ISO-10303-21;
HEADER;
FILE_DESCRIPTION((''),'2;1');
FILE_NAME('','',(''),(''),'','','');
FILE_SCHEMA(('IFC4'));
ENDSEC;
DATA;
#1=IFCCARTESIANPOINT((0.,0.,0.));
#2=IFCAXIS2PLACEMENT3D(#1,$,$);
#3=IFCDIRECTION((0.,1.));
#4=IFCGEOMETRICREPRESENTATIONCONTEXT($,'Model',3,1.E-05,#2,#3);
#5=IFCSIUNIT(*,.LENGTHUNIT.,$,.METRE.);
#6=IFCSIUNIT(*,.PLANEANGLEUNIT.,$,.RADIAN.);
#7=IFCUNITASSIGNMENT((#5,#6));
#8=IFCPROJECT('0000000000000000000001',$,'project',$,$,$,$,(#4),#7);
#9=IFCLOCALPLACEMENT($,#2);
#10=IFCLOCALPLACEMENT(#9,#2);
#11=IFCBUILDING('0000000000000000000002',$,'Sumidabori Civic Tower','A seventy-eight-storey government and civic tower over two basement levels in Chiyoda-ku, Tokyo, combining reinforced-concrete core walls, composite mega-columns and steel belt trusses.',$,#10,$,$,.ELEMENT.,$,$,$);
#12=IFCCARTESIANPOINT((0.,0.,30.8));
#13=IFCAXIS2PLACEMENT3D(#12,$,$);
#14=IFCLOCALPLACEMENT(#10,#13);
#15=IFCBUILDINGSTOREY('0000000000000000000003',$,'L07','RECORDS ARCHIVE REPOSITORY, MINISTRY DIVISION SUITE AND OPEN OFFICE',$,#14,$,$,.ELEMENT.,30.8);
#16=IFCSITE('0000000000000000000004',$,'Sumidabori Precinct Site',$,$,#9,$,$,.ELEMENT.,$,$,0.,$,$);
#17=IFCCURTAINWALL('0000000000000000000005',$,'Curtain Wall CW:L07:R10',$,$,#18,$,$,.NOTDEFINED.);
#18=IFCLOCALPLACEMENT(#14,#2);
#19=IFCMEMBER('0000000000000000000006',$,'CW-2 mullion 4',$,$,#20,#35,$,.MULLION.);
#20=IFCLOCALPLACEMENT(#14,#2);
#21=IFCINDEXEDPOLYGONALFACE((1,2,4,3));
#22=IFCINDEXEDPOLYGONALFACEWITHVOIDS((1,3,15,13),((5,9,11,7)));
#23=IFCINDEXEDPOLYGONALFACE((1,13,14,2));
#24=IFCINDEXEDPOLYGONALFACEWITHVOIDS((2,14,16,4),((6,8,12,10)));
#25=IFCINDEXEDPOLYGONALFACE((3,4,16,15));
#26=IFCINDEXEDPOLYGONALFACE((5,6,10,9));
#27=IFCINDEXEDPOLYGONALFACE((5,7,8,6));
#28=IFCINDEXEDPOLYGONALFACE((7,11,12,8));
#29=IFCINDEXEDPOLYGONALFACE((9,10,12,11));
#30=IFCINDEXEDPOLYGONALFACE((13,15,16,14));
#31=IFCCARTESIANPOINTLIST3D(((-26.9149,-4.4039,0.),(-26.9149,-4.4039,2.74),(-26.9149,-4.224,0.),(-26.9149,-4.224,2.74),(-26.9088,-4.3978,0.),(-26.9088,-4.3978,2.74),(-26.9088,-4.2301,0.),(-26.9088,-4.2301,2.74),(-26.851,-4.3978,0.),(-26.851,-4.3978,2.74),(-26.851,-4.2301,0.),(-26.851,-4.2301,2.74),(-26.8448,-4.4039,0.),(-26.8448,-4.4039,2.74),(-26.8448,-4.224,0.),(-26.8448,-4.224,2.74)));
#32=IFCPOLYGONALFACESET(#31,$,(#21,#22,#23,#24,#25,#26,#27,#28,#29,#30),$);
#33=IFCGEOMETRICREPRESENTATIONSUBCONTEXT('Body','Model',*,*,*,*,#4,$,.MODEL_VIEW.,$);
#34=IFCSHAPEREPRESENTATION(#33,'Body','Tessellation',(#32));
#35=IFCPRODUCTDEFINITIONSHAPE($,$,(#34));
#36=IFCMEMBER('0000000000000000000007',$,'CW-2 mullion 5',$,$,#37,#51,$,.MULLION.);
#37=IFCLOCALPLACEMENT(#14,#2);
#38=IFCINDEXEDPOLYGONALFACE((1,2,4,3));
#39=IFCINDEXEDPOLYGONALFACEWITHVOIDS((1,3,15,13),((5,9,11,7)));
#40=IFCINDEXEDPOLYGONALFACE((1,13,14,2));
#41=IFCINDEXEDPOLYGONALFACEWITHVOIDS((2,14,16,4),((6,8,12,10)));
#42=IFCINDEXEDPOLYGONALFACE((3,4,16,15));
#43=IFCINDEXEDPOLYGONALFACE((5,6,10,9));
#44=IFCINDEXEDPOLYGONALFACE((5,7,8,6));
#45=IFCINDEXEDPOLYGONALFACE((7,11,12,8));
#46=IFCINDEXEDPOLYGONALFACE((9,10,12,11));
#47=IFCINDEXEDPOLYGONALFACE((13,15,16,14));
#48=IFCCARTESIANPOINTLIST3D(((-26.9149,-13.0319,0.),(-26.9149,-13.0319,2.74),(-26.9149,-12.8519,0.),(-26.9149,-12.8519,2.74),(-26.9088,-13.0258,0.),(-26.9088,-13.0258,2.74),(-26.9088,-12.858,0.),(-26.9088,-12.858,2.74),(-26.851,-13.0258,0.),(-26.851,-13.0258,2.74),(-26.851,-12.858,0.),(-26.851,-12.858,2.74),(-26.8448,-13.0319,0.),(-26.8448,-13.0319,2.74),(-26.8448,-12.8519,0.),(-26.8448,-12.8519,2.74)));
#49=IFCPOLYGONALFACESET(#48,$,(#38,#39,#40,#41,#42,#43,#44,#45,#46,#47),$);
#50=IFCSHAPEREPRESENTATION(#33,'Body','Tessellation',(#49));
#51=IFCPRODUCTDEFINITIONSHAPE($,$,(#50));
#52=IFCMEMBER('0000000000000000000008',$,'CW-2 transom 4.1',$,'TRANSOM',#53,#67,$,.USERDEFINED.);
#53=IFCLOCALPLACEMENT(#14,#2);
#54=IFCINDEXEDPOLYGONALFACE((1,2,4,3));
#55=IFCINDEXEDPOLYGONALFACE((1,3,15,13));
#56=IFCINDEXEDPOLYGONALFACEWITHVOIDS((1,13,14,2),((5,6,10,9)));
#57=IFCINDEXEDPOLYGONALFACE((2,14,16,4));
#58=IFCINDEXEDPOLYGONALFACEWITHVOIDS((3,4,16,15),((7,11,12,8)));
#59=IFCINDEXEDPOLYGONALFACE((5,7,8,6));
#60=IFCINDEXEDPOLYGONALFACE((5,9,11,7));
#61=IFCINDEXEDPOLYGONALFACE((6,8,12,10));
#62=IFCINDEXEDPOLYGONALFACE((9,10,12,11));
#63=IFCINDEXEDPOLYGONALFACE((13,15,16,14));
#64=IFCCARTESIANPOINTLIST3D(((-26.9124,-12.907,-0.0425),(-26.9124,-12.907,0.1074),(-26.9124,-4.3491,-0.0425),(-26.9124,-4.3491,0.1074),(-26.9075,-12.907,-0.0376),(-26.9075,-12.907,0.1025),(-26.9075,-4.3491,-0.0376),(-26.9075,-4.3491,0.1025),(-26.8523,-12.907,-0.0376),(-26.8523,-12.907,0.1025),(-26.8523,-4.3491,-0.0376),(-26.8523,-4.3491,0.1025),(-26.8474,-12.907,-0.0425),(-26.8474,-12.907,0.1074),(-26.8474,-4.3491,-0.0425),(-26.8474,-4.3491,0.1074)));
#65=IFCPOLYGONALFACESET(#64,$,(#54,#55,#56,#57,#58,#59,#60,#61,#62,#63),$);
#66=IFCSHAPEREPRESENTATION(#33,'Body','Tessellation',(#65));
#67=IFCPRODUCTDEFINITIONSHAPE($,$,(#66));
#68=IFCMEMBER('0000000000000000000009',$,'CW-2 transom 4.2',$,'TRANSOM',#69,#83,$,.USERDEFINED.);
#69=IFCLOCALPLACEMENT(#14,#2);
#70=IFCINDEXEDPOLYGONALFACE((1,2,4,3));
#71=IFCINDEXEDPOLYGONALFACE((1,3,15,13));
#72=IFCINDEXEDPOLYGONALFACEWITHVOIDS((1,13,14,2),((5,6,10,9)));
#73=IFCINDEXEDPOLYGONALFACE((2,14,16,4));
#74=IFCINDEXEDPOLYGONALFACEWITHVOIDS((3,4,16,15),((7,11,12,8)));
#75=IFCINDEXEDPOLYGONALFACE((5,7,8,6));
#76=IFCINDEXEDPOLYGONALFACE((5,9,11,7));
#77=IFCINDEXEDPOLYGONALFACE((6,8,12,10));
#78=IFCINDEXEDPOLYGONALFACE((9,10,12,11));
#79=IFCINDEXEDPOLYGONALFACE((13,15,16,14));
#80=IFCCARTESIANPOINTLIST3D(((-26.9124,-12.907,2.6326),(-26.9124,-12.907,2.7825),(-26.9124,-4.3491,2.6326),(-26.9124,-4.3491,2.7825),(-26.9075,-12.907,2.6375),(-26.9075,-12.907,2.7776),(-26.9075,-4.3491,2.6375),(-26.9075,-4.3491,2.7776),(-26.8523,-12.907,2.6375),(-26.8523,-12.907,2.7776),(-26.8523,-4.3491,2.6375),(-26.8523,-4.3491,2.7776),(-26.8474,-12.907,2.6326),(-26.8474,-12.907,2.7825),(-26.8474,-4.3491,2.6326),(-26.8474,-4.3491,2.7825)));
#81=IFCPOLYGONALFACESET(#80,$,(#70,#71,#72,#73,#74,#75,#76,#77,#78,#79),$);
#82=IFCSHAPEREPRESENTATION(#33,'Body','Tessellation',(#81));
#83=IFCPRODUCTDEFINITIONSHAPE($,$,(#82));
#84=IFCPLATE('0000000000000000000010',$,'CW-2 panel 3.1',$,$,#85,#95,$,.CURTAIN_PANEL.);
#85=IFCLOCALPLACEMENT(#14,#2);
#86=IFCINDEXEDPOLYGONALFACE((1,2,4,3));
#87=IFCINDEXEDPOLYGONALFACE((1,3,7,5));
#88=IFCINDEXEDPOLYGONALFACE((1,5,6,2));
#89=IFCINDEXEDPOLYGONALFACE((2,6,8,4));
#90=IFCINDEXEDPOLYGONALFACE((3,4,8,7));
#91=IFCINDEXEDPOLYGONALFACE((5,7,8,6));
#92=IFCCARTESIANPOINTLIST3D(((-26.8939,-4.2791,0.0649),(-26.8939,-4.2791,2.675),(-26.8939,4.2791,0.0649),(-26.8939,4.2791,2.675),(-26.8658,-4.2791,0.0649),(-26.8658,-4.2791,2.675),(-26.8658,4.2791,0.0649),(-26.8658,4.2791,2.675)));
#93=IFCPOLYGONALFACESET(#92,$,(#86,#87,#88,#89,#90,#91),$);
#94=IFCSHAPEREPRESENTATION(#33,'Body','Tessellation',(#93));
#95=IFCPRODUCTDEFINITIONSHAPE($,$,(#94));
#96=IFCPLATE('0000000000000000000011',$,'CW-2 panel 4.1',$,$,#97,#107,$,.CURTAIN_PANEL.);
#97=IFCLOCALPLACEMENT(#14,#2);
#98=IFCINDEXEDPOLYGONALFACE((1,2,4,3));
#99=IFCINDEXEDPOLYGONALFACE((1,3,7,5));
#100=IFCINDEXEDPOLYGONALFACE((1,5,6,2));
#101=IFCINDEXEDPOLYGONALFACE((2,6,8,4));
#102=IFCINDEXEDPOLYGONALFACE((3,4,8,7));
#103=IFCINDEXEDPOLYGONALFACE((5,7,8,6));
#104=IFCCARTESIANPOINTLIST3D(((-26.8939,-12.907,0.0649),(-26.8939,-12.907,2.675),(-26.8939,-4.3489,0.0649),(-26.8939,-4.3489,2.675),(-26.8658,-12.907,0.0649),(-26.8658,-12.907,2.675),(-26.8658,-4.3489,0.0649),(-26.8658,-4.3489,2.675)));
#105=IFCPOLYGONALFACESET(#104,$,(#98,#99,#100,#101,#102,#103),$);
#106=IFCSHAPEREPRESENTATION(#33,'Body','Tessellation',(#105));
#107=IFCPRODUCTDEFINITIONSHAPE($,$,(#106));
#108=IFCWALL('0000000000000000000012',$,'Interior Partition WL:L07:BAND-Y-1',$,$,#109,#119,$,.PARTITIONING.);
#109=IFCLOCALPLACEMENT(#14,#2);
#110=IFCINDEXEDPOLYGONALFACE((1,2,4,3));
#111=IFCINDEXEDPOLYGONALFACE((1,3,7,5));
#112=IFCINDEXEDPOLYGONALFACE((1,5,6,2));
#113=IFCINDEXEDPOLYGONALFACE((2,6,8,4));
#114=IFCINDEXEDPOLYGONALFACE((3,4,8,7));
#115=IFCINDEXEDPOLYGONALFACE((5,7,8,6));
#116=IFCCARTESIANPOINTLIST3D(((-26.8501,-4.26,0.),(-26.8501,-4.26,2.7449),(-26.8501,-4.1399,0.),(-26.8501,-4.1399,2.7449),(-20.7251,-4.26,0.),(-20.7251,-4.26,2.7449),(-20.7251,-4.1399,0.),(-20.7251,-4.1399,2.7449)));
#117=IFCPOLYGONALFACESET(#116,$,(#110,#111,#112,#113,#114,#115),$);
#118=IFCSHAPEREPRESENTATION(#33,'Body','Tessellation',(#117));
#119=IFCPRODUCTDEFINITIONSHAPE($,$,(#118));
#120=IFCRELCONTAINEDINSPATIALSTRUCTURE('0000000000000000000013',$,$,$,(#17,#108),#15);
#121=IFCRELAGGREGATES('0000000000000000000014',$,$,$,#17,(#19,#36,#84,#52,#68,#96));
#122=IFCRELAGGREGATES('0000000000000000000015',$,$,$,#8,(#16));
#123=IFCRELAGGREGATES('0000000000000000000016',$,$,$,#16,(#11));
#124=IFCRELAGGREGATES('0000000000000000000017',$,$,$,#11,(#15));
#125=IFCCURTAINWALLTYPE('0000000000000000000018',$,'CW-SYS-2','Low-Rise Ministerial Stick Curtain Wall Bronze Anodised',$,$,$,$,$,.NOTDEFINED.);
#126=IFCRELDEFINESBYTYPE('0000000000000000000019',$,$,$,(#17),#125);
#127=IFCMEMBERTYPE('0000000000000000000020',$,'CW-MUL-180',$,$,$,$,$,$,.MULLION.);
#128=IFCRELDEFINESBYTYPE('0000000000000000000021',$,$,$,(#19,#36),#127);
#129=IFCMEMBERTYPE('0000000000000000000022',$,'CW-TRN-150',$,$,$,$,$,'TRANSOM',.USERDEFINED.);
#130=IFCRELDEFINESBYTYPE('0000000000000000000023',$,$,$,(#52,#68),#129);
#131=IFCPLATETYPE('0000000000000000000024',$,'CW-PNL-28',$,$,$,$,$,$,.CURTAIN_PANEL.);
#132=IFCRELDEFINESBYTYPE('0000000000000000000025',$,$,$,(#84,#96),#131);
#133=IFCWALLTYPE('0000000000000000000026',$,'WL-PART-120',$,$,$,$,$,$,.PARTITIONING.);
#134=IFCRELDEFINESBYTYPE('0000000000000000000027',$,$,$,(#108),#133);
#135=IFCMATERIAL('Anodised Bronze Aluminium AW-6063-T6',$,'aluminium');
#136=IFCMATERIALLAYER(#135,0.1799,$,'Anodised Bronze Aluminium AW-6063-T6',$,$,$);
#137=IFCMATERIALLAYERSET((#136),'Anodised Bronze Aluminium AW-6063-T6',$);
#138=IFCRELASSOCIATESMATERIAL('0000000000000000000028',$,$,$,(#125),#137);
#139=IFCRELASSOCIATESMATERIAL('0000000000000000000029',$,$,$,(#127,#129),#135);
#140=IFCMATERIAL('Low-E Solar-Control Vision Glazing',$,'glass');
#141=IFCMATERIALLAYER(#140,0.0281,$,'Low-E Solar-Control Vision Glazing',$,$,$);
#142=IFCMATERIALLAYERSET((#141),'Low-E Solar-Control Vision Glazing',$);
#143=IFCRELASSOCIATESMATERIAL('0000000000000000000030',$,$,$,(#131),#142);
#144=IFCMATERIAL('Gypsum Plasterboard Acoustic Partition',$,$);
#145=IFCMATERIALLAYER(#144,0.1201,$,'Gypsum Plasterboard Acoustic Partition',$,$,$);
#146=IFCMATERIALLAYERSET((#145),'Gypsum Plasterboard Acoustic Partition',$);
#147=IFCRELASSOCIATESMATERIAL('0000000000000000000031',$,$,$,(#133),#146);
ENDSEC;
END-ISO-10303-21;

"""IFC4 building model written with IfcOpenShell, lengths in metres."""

from ifc_helpers import new_model, si_unit, direction, frame, frame_2d, origin, origin_2d, place, context, subcontext, project, spatial, rectangle, hollow_rectangle, extrude, source, transform, mapped, material, layer, layer_set, material_profile, profile_set, type_object, element, aggregate, save


model = new_model("IFC4")

# Units and contexts
model_context = context("Model", 3, precision=1e-05, world=origin(), true_north=direction((0.0, 1.0)))
body_context = subcontext(model_context, "Body", "Model", "MODEL_VIEW")
ifc_project = project(units=[si_unit("LENGTHUNIT", "METRE"), si_unit("PLANEANGLEUNIT", "RADIAN")], contexts=[model_context])

# Site, building, storey
site_placement = place(None, origin())
site = spatial("IfcSite", under=ifc_project, at=site_placement, Name="Sumidabori Precinct Site", CompositionType="ELEMENT", RefElevation=0.0)
building_placement = place(site_placement, origin())
building = spatial("IfcBuilding", under=site, at=building_placement, Name="Sumidabori Civic Tower", Description="A seventy-eight-storey government and civic tower over two basement levels in Chiyoda-ku, Tokyo, combining reinforced-concrete core walls, composite mega-columns and steel belt trusses.", CompositionType="ELEMENT")
storey_placement = place(building_placement, frame((0.0, 0.0, 30.8)))
storey = spatial("IfcBuildingStorey", under=building, at=storey_placement, Name="L07", Description="RECORDS ARCHIVE REPOSITORY, MINISTRY DIVISION SUITE AND OPEN OFFICE", CompositionType="ELEMENT", Elevation=30.8)

# Curtain wall, members, plates
ifc_material_1 = material(Name="Anodised Bronze Aluminium AW-6063-T6", Category="aluminium")
ifc_layer_1 = layer(ifc_material_1, 0.1799, Name="Anodised Bronze Aluminium AW-6063-T6")
ifc_layer_set_1 = layer_set([ifc_layer_1], Name="Anodised Bronze Aluminium AW-6063-T6")
curtain_wall_type = type_object("IfcCurtainWallType", Name="CW-SYS-2", Description="Low-Rise Ministerial Stick Curtain Wall Bronze Anodised", PredefinedType="NOTDEFINED", material=ifc_layer_set_1)
curtain_wall_placement = place(storey_placement, origin())
curtain_wall = element("IfcCurtainWall", 1, at=curtain_wall_placement, inside=storey, type_object=curtain_wall_type, Name="Curtain Wall CW:L07:R10", PredefinedType="NOTDEFINED")
ifc_material_profile_1 = material_profile(ifc_material_1, hollow_rectangle(XDim=0.0701, YDim=0.1799, WallThickness=0.0061, at=origin_2d()), Name="ALU MULLION 180x70")
ifc_profile_set_1 = profile_set([ifc_material_profile_1], Name="Anodised Bronze Aluminium AW-6063-T6")
member_type_1 = type_object("IfcMemberType", Name="CW-MUL-180", PredefinedType="MULLION", material=ifc_profile_set_1)
shared_shape_1 = source(origin(), body_context, "Body", "SweptSolid", [
    extrude(hollow_rectangle(XDim=0.0701, YDim=0.1799, WallThickness=0.0061, at=origin_2d()), origin(), (0.0, 0.0, 1.0), 2.74),
])
member_1_placement = place(storey_placement, frame((-26.8799, -4.314, 0.0), z_axis=(0.0, 0.0, 1.0), x_axis=(1.0, 0.0, 0.0)))
member_1 = element("IfcMember", 2, at=member_1_placement, type_object=member_type_1, Name="CW-2 mullion 4", PredefinedType="MULLION", context=body_context, shape_type="MappedRepresentation", body=[
    mapped(shared_shape_1, transform((0.0, 0.0, 0.0), x_axis=(1.0, 0.0, 0.0), y_axis=(0.0, 1.0, 0.0), z_axis=(0.0, 0.0, 1.0), scale=1.0)),
])
member_2_placement = place(storey_placement, frame((-26.8799, -12.9419, 0.0), z_axis=(0.0, 0.0, 1.0), x_axis=(1.0, 0.0, 0.0)))
member_2 = element("IfcMember", 3, at=member_2_placement, type_object=member_type_1, Name="CW-2 mullion 5", PredefinedType="MULLION", context=body_context, shape_type="MappedRepresentation", body=[
    mapped(shared_shape_1, transform((0.0, 0.0, 0.0), x_axis=(1.0, 0.0, 0.0), y_axis=(0.0, 1.0, 0.0), z_axis=(0.0, 0.0, 1.0), scale=1.0)),
])
ifc_material_profile_2 = material_profile(ifc_material_1, hollow_rectangle(XDim=0.0649, YDim=0.1499, WallThickness=0.0049, at=origin_2d()), Name="ALU TRANSOM 150x65")
ifc_profile_set_2 = profile_set([ifc_material_profile_2], Name="Anodised Bronze Aluminium AW-6063-T6")
member_type_2 = type_object("IfcMemberType", Name="CW-TRN-150", ElementType="TRANSOM", PredefinedType="USERDEFINED", material=ifc_profile_set_2)
shared_shape_2 = source(origin(), body_context, "Body", "SweptSolid", [
    extrude(hollow_rectangle(XDim=0.0649, YDim=0.1499, WallThickness=0.0049, at=origin_2d()), origin(), (0.0, 0.0, 1.0), 8.5579),
])
member_3_placement = place(storey_placement, frame((-26.8799, -4.3491, 0.0325), z_axis=(0.0, -1.0, 0.0), x_axis=(1.0, 0.0, 0.0)))
member_3 = element("IfcMember", 4, at=member_3_placement, type_object=member_type_2, Name="CW-2 transom 4.1", ObjectType="TRANSOM", PredefinedType="USERDEFINED", context=body_context, shape_type="MappedRepresentation", body=[
    mapped(shared_shape_2, transform((0.0, 0.0, 0.0), x_axis=(1.0, 0.0, 0.0), y_axis=(0.0, 1.0, 0.0), z_axis=(0.0, 0.0, 1.0), scale=1.0)),
])
member_4_placement = place(storey_placement, frame((-26.8799, -4.3491, 2.7075), z_axis=(0.0, -1.0, 0.0), x_axis=(1.0, 0.0, 0.0)))
member_4 = element("IfcMember", 5, at=member_4_placement, type_object=member_type_2, Name="CW-2 transom 4.2", ObjectType="TRANSOM", PredefinedType="USERDEFINED", context=body_context, shape_type="MappedRepresentation", body=[
    mapped(shared_shape_2, transform((0.0, 0.0, 0.0), x_axis=(1.0, 0.0, 0.0), y_axis=(0.0, 1.0, 0.0), z_axis=(0.0, 0.0, 1.0), scale=1.0)),
])
ifc_material_2 = material(Name="Low-E Solar-Control Vision Glazing", Category="glass")
ifc_layer_2 = layer(ifc_material_2, 0.0281, Name="Low-E Solar-Control Vision Glazing")
ifc_layer_set_2 = layer_set([ifc_layer_2], Name="Low-E Solar-Control Vision Glazing")
plate_type = type_object("IfcPlateType", Name="CW-PNL-28", PredefinedType="CURTAIN_PANEL", material=ifc_layer_set_2)
shared_shape_3 = source(origin(), body_context, "Body", "SweptSolid", [
    extrude(rectangle(XDim=8.5581, YDim=0.0281, at=origin_2d()), origin(), (0.0, 0.0, 1.0), 2.6101),
])
plate_1_placement = place(storey_placement, frame((-26.8799, 0.0, 0.0649), z_axis=(0.0, 0.0, 1.0), x_axis=(0.0, -1.0, 0.0)))
plate_1 = element("IfcPlate", 6, at=plate_1_placement, type_object=plate_type, Name="CW-2 panel 3.1", PredefinedType="CURTAIN_PANEL", context=body_context, shape_type="MappedRepresentation", body=[
    mapped(shared_shape_3, transform((0.0, 0.0, 0.0), x_axis=(1.0, 0.0, 0.0), y_axis=(0.0, 1.0, 0.0), z_axis=(0.0, 0.0, 1.0), scale=1.0)),
])
plate_2_placement = place(storey_placement, frame((-26.8799, -8.6279, 0.0649), z_axis=(0.0, 0.0, 1.0), x_axis=(0.0, -1.0, 0.0)))
plate_2 = element("IfcPlate", 7, at=plate_2_placement, type_object=plate_type, Name="CW-2 panel 4.1", PredefinedType="CURTAIN_PANEL", context=body_context, shape_type="MappedRepresentation", body=[
    mapped(shared_shape_3, transform((0.0, 0.0, 0.0), x_axis=(1.0, 0.0, 0.0), y_axis=(0.0, 1.0, 0.0), z_axis=(0.0, 0.0, 1.0), scale=1.0)),
])
aggregate(curtain_wall, [member_1, member_2, plate_1, member_3, member_4, plate_2])

# Wall
ifc_material_3 = material(Name="Gypsum Plasterboard Acoustic Partition")
ifc_layer_3 = layer(ifc_material_3, 0.1201, Name="Gypsum Plasterboard Acoustic Partition")
ifc_layer_set_3 = layer_set([ifc_layer_3], Name="Gypsum Plasterboard Acoustic Partition")
wall_type = type_object("IfcWallType", Name="WL-PART-120", PredefinedType="PARTITIONING", material=ifc_layer_set_3)
shared_shape_4 = source(origin(), body_context, "Body", "SweptSolid", [
    extrude(rectangle(XDim=6.125, YDim=0.1201, at=frame_2d((3.0625, 0.0))), origin(), (0.0, 0.0, 1.0), 2.7449),
])
wall_1_placement = place(storey_placement, frame((-26.8501, -4.2, 0.0), z_axis=(0.0, 0.0, 1.0), x_axis=(1.0, 0.0, 0.0)))
element("IfcWall", 8, at=wall_1_placement, inside=storey, type_object=wall_type, Name="Interior Partition WL:L07:BAND-Y-1", PredefinedType="PARTITIONING", context=body_context, shape_type="MappedRepresentation", body=[
    mapped(shared_shape_4, transform((0.0, 0.0, 0.0), x_axis=(1.0, 0.0, 0.0), y_axis=(0.0, 1.0, 0.0), z_axis=(0.0, 0.0, 1.0), scale=1.0)),
])

save(model, "model.ifc")
